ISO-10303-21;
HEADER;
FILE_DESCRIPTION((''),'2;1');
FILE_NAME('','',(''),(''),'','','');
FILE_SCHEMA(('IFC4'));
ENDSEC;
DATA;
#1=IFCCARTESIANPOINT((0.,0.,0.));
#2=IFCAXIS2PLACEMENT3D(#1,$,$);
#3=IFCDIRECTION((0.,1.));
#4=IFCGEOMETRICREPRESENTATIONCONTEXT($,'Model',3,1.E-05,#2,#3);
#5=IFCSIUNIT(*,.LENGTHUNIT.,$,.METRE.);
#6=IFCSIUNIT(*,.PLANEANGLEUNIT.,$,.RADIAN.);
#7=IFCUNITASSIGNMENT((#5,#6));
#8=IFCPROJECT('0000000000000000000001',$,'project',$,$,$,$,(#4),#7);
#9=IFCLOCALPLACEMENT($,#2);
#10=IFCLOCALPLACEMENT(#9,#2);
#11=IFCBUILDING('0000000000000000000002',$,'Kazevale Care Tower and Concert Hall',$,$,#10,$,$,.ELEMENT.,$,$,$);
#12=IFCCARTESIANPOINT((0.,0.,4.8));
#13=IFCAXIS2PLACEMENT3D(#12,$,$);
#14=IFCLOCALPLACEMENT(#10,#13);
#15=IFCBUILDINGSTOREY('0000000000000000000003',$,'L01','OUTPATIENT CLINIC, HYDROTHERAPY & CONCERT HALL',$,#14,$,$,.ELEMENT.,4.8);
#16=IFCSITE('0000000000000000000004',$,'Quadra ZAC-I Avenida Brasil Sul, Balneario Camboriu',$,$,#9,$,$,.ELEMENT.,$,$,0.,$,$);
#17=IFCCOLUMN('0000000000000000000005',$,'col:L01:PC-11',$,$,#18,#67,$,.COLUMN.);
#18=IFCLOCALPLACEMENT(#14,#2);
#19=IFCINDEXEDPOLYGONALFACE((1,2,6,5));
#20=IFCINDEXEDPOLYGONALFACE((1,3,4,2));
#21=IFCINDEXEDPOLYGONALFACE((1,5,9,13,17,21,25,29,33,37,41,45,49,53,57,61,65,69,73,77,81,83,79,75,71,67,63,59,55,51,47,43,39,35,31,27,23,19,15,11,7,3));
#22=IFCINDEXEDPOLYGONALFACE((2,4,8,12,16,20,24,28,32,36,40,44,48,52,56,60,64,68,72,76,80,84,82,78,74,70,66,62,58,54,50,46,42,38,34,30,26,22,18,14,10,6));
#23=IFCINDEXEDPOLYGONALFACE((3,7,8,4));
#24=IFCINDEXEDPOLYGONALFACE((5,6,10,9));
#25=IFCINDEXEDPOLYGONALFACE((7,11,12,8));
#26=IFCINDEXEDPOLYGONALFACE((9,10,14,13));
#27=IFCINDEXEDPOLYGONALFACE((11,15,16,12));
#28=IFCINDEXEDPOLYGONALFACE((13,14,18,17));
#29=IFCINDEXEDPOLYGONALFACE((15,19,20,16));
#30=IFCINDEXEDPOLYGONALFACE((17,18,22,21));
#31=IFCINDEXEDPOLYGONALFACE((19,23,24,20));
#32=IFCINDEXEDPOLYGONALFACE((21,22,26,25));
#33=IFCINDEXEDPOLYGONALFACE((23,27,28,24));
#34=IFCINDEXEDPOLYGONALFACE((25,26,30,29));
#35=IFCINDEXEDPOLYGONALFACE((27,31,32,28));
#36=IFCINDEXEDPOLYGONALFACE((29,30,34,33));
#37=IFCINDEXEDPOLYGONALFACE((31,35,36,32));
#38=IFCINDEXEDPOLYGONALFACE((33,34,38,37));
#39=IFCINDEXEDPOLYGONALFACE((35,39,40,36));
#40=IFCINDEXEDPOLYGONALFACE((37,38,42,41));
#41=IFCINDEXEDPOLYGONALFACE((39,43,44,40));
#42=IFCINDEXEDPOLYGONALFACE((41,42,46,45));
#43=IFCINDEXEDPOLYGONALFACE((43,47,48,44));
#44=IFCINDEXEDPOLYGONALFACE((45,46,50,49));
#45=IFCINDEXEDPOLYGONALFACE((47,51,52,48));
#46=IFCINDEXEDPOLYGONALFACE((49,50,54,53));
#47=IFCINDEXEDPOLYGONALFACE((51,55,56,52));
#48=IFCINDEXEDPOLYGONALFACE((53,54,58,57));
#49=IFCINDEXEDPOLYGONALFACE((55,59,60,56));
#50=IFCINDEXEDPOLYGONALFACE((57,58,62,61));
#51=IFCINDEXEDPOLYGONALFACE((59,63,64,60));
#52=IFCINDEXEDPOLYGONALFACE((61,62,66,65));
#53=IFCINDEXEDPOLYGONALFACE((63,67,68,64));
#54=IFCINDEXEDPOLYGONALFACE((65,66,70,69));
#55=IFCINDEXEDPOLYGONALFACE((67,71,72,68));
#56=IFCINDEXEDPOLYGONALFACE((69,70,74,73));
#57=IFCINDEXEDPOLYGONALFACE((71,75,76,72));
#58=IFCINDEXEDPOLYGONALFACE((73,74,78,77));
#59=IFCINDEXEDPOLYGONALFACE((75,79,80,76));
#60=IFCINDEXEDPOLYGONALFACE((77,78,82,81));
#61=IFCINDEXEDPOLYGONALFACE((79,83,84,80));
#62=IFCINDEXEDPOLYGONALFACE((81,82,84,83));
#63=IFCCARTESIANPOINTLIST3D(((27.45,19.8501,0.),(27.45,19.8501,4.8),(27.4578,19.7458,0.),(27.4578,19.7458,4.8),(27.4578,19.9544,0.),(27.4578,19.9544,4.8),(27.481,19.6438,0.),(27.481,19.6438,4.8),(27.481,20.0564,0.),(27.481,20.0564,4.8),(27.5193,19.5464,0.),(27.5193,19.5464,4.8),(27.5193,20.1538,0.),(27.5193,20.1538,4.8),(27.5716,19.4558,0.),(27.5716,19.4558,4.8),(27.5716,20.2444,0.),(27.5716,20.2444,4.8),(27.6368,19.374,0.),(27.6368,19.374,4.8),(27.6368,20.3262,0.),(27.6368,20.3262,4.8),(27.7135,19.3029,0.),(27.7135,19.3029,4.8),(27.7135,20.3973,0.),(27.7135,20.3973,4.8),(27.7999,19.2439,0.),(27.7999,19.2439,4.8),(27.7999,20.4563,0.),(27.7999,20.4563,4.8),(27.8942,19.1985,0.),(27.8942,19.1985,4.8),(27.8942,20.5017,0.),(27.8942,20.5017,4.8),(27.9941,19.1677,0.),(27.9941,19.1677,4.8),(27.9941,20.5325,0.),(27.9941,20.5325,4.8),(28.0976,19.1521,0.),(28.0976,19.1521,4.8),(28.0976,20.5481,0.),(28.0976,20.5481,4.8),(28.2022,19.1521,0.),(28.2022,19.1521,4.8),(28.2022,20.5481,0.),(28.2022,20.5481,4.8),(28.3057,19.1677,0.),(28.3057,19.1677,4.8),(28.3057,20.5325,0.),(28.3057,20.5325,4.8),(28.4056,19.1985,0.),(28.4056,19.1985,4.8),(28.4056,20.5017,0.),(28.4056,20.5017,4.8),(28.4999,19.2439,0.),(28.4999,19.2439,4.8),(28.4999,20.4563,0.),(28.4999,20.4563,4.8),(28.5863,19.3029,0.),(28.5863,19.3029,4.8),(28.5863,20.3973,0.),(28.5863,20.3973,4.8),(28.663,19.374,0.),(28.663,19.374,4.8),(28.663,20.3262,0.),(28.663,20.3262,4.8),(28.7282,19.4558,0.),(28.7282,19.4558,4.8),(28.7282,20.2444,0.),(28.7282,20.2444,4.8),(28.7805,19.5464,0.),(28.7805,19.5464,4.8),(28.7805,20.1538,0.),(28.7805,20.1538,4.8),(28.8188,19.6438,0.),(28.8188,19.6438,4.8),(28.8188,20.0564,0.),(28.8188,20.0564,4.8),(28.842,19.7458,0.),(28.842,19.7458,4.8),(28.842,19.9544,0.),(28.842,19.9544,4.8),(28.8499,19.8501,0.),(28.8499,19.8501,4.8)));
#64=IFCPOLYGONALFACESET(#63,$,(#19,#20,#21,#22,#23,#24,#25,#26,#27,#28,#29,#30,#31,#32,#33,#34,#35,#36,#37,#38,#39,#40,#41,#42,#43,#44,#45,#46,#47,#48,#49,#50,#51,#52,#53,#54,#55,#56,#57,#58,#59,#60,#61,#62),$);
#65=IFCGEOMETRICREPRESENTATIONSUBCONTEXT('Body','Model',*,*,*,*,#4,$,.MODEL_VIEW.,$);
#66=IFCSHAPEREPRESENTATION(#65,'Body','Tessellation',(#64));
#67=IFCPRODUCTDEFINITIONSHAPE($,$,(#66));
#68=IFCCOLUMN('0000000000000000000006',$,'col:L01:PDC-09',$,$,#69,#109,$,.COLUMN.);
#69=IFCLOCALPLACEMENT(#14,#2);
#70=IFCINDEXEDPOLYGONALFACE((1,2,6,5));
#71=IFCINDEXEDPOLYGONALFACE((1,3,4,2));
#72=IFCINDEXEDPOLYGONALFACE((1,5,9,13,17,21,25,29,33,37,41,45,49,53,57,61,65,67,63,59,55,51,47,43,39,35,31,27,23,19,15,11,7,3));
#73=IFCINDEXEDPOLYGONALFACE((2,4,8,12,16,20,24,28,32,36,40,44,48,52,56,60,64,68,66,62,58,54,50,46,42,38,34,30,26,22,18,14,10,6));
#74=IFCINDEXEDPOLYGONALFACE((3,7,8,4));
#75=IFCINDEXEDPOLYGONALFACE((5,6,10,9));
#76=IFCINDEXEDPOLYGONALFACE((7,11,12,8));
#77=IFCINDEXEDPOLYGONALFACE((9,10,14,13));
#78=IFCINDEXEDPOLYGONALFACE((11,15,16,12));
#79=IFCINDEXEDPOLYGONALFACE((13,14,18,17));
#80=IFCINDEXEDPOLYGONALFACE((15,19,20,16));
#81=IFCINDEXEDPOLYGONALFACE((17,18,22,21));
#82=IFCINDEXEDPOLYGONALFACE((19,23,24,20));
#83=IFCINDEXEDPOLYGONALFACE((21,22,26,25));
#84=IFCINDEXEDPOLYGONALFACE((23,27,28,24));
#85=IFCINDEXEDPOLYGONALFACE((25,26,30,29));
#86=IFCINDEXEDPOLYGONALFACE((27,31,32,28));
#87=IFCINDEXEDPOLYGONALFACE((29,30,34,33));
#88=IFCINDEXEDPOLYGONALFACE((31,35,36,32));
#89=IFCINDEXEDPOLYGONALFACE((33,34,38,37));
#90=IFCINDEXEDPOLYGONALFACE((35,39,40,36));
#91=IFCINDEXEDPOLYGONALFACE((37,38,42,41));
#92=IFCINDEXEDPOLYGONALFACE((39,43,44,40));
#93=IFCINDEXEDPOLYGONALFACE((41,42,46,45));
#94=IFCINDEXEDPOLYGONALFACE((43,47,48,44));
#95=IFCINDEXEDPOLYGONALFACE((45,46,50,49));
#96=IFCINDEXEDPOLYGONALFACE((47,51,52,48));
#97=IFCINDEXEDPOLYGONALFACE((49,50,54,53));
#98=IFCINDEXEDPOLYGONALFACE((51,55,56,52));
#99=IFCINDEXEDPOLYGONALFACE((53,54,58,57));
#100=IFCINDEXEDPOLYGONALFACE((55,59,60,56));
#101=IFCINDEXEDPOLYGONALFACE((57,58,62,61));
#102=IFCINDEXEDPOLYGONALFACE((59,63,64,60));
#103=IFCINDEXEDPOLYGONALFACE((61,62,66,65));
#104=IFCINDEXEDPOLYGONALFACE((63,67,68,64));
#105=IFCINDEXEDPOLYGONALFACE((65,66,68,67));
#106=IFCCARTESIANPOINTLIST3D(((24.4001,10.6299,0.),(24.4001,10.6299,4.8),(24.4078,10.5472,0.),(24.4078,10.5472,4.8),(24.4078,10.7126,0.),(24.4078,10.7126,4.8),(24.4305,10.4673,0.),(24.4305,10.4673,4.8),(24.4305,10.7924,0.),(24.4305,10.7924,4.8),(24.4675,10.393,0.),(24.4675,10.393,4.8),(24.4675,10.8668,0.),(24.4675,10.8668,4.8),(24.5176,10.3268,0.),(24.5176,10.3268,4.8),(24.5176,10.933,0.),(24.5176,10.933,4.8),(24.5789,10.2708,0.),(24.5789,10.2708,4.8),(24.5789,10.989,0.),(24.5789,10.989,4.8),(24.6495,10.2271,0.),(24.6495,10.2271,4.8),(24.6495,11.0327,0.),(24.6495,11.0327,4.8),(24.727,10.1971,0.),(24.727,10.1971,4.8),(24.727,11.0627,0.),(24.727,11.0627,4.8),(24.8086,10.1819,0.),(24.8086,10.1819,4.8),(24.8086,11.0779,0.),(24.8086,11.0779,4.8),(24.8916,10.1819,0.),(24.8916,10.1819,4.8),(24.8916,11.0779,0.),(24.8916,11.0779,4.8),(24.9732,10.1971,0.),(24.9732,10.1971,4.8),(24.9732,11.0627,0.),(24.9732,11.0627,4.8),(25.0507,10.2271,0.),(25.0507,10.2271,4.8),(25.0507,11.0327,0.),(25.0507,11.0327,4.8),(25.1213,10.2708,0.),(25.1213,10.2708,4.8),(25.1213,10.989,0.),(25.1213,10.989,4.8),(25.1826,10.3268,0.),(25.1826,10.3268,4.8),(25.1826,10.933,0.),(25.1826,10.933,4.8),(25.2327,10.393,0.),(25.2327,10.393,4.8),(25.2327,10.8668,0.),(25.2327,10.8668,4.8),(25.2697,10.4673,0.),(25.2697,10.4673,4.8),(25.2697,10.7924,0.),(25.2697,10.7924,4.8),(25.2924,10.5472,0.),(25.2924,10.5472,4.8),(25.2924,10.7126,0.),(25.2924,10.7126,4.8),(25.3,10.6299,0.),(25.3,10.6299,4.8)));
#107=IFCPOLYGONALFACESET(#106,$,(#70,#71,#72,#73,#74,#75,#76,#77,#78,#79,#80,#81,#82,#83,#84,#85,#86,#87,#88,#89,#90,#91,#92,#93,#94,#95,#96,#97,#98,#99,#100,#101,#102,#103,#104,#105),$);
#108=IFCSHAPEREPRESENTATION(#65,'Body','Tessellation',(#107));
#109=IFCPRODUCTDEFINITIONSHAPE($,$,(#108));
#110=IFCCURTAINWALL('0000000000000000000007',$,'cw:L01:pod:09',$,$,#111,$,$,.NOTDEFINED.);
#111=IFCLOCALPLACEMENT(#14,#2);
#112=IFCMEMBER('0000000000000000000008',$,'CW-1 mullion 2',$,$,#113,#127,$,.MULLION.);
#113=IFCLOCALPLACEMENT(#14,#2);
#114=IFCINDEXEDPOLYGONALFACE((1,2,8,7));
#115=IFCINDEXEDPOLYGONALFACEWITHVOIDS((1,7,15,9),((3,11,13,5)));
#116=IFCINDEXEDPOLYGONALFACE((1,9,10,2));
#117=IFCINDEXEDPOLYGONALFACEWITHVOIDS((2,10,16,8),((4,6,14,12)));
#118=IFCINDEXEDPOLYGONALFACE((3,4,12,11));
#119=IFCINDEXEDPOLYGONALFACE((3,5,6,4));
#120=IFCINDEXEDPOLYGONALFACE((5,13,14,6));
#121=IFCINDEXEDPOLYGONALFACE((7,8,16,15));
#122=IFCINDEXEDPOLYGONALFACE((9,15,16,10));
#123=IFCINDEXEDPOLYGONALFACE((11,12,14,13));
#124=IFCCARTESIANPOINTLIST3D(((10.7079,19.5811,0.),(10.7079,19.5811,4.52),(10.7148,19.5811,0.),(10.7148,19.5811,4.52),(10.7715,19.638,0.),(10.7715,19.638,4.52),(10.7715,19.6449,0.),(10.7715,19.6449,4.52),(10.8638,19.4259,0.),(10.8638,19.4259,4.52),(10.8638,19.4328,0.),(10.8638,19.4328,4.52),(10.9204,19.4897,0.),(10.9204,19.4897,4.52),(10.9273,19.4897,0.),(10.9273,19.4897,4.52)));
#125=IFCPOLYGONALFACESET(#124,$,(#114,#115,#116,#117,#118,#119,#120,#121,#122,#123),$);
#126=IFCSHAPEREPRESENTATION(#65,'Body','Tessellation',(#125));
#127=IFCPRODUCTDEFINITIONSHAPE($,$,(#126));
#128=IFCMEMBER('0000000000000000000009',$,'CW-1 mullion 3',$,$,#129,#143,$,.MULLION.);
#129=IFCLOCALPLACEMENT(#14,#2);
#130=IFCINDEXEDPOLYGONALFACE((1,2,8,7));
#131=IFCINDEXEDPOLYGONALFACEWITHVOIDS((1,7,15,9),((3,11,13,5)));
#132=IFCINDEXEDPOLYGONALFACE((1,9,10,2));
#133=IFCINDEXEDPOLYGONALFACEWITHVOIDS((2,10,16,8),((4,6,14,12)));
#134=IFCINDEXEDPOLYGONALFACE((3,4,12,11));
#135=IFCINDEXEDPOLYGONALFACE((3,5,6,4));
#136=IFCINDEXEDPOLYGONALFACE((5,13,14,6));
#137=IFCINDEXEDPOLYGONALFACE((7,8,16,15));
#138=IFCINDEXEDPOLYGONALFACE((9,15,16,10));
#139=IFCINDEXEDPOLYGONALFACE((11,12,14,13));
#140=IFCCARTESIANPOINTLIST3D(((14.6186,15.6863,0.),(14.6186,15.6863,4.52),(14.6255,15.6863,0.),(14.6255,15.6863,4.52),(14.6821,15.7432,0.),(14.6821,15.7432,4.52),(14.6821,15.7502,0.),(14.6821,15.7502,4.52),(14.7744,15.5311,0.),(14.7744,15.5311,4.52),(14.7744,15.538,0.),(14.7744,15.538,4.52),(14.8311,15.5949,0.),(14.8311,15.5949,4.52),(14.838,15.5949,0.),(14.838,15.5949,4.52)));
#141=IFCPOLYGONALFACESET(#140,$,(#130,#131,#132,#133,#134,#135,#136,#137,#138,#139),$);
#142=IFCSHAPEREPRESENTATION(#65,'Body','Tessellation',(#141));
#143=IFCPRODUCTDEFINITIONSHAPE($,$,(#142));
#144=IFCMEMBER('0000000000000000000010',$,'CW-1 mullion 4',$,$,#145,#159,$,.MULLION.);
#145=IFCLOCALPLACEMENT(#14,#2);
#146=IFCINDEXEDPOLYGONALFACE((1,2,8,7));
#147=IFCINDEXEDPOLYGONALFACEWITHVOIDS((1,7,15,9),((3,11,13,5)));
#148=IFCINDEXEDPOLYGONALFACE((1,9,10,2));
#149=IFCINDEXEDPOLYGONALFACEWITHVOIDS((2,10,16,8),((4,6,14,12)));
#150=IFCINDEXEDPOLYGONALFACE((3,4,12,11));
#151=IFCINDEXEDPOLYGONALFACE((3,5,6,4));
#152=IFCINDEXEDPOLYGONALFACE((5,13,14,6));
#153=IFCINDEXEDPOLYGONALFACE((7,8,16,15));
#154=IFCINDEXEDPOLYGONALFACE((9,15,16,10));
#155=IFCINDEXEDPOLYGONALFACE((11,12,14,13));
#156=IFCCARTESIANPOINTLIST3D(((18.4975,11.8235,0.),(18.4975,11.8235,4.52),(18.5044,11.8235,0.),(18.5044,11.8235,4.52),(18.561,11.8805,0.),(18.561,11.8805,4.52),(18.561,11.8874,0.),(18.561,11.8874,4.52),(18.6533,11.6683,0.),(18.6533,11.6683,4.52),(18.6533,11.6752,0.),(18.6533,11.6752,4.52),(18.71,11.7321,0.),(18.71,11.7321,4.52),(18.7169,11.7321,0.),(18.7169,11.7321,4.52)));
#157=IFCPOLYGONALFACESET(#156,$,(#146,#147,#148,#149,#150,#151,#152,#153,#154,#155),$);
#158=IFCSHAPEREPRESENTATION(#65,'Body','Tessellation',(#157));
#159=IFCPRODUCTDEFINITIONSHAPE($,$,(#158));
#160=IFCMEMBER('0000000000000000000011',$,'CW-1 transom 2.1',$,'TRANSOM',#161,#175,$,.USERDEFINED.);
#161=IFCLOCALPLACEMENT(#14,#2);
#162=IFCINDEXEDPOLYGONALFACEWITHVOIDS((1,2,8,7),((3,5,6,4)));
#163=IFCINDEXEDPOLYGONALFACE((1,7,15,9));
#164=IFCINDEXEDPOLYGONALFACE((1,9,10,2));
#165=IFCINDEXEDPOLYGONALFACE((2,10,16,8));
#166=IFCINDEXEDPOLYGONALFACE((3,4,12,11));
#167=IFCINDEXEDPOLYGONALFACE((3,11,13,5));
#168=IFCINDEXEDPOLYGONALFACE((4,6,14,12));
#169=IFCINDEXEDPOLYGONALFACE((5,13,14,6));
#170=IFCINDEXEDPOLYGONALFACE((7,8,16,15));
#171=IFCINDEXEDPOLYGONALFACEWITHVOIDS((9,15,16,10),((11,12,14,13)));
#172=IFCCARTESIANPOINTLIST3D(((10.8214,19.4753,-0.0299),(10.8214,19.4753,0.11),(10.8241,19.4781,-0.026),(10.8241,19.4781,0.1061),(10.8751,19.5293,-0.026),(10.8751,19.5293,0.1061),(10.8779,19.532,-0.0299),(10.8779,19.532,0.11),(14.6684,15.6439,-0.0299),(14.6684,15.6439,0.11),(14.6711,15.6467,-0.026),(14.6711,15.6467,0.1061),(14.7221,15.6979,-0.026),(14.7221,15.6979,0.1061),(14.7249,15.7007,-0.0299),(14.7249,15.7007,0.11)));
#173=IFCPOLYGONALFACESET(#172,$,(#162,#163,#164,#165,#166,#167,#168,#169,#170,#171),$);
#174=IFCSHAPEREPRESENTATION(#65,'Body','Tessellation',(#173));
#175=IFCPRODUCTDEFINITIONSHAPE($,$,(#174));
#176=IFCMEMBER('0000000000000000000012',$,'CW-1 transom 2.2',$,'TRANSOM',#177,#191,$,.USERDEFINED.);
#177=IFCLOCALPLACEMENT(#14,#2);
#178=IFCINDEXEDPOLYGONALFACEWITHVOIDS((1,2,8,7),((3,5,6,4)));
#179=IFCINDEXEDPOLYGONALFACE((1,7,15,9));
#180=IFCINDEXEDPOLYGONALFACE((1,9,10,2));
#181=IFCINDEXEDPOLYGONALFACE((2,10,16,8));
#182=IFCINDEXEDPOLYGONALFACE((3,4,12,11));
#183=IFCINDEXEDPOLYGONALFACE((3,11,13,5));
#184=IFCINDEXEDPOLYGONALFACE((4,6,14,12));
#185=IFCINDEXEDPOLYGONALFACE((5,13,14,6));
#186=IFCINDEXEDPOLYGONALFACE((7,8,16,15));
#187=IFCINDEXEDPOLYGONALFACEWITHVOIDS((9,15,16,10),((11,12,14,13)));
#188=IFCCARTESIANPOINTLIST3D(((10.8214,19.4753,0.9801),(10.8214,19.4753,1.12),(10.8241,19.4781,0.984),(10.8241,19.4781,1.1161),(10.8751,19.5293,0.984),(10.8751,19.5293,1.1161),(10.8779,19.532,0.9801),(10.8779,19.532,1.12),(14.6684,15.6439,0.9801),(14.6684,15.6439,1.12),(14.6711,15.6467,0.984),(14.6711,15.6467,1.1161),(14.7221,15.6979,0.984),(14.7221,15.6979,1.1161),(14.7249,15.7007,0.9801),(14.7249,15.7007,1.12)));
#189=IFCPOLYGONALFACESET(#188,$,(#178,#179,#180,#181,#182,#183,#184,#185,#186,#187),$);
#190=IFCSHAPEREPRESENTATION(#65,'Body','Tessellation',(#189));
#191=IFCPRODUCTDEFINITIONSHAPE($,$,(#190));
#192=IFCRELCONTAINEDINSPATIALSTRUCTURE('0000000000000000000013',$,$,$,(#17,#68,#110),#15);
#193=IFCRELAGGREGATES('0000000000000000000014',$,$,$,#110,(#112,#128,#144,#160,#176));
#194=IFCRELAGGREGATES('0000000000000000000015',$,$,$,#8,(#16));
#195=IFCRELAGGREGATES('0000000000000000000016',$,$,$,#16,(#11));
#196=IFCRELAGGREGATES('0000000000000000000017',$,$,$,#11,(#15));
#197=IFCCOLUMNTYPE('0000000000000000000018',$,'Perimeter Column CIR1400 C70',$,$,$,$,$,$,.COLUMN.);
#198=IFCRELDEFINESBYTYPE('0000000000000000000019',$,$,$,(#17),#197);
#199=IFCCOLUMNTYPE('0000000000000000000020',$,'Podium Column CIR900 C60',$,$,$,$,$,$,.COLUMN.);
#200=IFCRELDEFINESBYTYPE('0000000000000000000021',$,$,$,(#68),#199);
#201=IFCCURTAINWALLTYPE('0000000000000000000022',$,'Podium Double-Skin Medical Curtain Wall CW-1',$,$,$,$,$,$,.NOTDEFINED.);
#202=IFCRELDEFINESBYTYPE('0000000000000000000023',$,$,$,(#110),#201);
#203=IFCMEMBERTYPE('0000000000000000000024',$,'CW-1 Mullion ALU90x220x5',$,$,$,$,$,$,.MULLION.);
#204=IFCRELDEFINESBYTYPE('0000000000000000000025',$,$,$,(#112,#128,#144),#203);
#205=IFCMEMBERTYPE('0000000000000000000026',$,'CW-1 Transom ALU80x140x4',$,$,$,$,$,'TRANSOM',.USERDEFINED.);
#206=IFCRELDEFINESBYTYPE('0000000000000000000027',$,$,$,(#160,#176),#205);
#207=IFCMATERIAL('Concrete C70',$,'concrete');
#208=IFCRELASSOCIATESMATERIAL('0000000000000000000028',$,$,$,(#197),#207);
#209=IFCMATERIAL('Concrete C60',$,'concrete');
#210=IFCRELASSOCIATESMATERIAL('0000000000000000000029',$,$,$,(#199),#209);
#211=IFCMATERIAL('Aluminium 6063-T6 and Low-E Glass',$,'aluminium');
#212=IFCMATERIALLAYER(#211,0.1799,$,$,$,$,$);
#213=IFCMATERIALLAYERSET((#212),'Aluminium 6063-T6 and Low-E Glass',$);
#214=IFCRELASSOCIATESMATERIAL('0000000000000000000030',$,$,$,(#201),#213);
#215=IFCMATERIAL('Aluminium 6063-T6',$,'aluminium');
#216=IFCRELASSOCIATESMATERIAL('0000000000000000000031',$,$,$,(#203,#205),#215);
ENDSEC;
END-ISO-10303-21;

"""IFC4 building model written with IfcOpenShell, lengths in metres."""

from ifc_helpers import new_model, si_unit, direction, frame, origin, origin_2d, place, context, subcontext, project, spatial, hollow_rectangle, circle, extrude, material, layer, layer_set, material_profile, profile_set, type_object, element, aggregate, save


model = new_model("IFC4")

# Units and contexts
model_context = context("Model", 3, precision=1e-05, world=origin(), true_north=direction((0.0, 1.0)))
body_context = subcontext(model_context, "Body", "Model", "MODEL_VIEW")
ifc_project = project(units=[si_unit("LENGTHUNIT", "METRE"), si_unit("PLANEANGLEUNIT", "RADIAN")], contexts=[model_context])

# Site, building, storey
site_placement = place(None, origin())
site = spatial("IfcSite", under=ifc_project, at=site_placement, Name="Quadra ZAC-I Avenida Brasil Sul, Balneario Camboriu", CompositionType="ELEMENT", RefElevation=0.0)
building_placement = place(site_placement, origin())
building = spatial("IfcBuilding", under=site, at=building_placement, Name="Kazevale Care Tower and Concert Hall", CompositionType="ELEMENT")
storey_placement = place(building_placement, frame((0.0, 0.0, 4.8)))
storey = spatial("IfcBuildingStorey", under=building, at=storey_placement, Name="L01", Description="OUTPATIENT CLINIC, HYDROTHERAPY & CONCERT HALL", CompositionType="ELEMENT", Elevation=4.8)

# Columns
ifc_material_1 = material(Name="Concrete C70", Category="concrete")
ifc_material_profile_1 = material_profile(ifc_material_1, circle(Radius=0.7, at=origin_2d()), Name="RC-CIR1400")
ifc_profile_set_1 = profile_set([ifc_material_profile_1], Name="Concrete C70")
column_type_1 = type_object("IfcColumnType", Name="Perimeter Column CIR1400 C70", PredefinedType="COLUMN", material=ifc_profile_set_1)
column_1_placement = place(storey_placement, frame((28.1499, 19.8501, 0.0), z_axis=(0.0, 0.0, 1.0), x_axis=(1.0, 0.0, 0.0)))
element("IfcColumn", 1, at=column_1_placement, inside=storey, type_object=column_type_1, Name="col:L01:PC-11", PredefinedType="COLUMN", context=body_context, shape_type="SweptSolid", body=[
    extrude(circle(Radius=0.7, at=origin_2d()), origin(), (0.0, 0.0, 1.0), 4.8),
])
ifc_material_2 = material(Name="Concrete C60", Category="concrete")
ifc_material_profile_2 = material_profile(ifc_material_2, circle(Radius=0.45, at=origin_2d()), Name="RC-CIR900")
ifc_profile_set_2 = profile_set([ifc_material_profile_2], Name="Concrete C60")
column_type_2 = type_object("IfcColumnType", Name="Podium Column CIR900 C60", PredefinedType="COLUMN", material=ifc_profile_set_2)
column_2_placement = place(storey_placement, frame((24.8501, 10.6299, 0.0), z_axis=(0.0, 0.0, 1.0), x_axis=(1.0, 0.0, 0.0)))
element("IfcColumn", 2, at=column_2_placement, inside=storey, type_object=column_type_2, Name="col:L01:PDC-09", PredefinedType="COLUMN", context=body_context, shape_type="SweptSolid", body=[
    extrude(circle(Radius=0.45, at=origin_2d()), origin(), (0.0, 0.0, 1.0), 4.8),
])

# Curtain wall, members
ifc_material_3 = material(Name="Aluminium 6063-T6 and Low-E Glass", Category="aluminium")
ifc_layer_1 = layer(ifc_material_3, 0.1799)
ifc_layer_set_1 = layer_set([ifc_layer_1], Name="Aluminium 6063-T6 and Low-E Glass")
curtain_wall_type = type_object("IfcCurtainWallType", Name="Podium Double-Skin Medical Curtain Wall CW-1", PredefinedType="NOTDEFINED", material=ifc_layer_set_1)
curtain_wall_placement = place(storey_placement, origin())
curtain_wall = element("IfcCurtainWall", 3, at=curtain_wall_placement, inside=storey, type_object=curtain_wall_type, Name="cw:L01:pod:09", PredefinedType="NOTDEFINED")
ifc_material_4 = material(Name="Aluminium 6063-T6", Category="aluminium")
ifc_material_profile_3 = material_profile(ifc_material_4, hollow_rectangle(XDim=0.0901, YDim=0.22, WallThickness=0.0049, at=origin_2d()), Name="ALU90x220x5")
ifc_profile_set_3 = profile_set([ifc_material_profile_3], Name="Aluminium 6063-T6")
member_type_1 = type_object("IfcMemberType", Name="CW-1 Mullion ALU90x220x5", PredefinedType="MULLION", material=ifc_profile_set_3)
member_1_placement = place(storey_placement, frame((10.8176, 19.5354, 0.0), z_axis=(0.0, 0.0, 1.0), x_axis=(0.705656, 0.708555, 0.0)))
member_1 = element("IfcMember", 4, at=member_1_placement, type_object=member_type_1, Name="CW-1 mullion 2", PredefinedType="MULLION", context=body_context, shape_type="SweptSolid", body=[
    extrude(hollow_rectangle(XDim=0.0901, YDim=0.22, WallThickness=0.0049, at=origin_2d()), origin(), (0.0, 0.0, 1.0), 4.52),
])
member_2_placement = place(storey_placement, frame((14.7283, 15.6406, 0.0), z_axis=(0.0, 0.0, 1.0), x_axis=(0.705656, 0.708555, 0.0)))
member_2 = element("IfcMember", 5, at=member_2_placement, type_object=member_type_1, Name="CW-1 mullion 3", PredefinedType="MULLION", context=body_context, shape_type="SweptSolid", body=[
    extrude(hollow_rectangle(XDim=0.0901, YDim=0.22, WallThickness=0.0049, at=origin_2d()), origin(), (0.0, 0.0, 1.0), 4.52),
])
member_3_placement = place(storey_placement, frame((18.6072, 11.7778, 0.0), z_axis=(0.0, 0.0, 1.0), x_axis=(0.705656, 0.708555, 0.0)))
member_3 = element("IfcMember", 6, at=member_3_placement, type_object=member_type_1, Name="CW-1 mullion 4", PredefinedType="MULLION", context=body_context, shape_type="SweptSolid", body=[
    extrude(hollow_rectangle(XDim=0.0901, YDim=0.22, WallThickness=0.0049, at=origin_2d()), origin(), (0.0, 0.0, 1.0), 4.52),
])
ifc_material_profile_4 = material_profile(ifc_material_4, hollow_rectangle(XDim=0.0801, YDim=0.1399, WallThickness=0.0039, at=origin_2d()), Name="ALU80x140x4")
ifc_profile_set_4 = profile_set([ifc_material_profile_4], Name="Aluminium 6063-T6")
member_type_2 = type_object("IfcMemberType", Name="CW-1 Transom ALU80x140x4", ElementType="TRANSOM", PredefinedType="USERDEFINED", material=ifc_profile_set_4)
member_4_placement = place(storey_placement, frame((10.8496, 19.5037, 0.04), z_axis=(0.708544, -0.705666, 0.0), x_axis=(0.705666, 0.708544, 0.0)))
member_4 = element("IfcMember", 7, at=member_4_placement, type_object=member_type_2, Name="CW-1 transom 2.1", ObjectType="TRANSOM", PredefinedType="USERDEFINED", context=body_context, shape_type="SweptSolid", body=[
    extrude(hollow_rectangle(XDim=0.0801, YDim=0.1399, WallThickness=0.0039, at=origin_2d()), origin(), (0.0, 0.0, 1.0), 5.4294),
])
member_5_placement = place(storey_placement, frame((10.8496, 19.5037, 1.05), z_axis=(0.708544, -0.705666, 0.0), x_axis=(0.705666, 0.708544, 0.0)))
member_5 = element("IfcMember", 8, at=member_5_placement, type_object=member_type_2, Name="CW-1 transom 2.2", ObjectType="TRANSOM", PredefinedType="USERDEFINED", context=body_context, shape_type="SweptSolid", body=[
    extrude(hollow_rectangle(XDim=0.0801, YDim=0.1399, WallThickness=0.0039, at=origin_2d()), origin(), (0.0, 0.0, 1.0), 5.4294),
])

aggregate(curtain_wall, [member_1, member_2, member_3, member_4, member_5])

save(model, "model.ifc")
